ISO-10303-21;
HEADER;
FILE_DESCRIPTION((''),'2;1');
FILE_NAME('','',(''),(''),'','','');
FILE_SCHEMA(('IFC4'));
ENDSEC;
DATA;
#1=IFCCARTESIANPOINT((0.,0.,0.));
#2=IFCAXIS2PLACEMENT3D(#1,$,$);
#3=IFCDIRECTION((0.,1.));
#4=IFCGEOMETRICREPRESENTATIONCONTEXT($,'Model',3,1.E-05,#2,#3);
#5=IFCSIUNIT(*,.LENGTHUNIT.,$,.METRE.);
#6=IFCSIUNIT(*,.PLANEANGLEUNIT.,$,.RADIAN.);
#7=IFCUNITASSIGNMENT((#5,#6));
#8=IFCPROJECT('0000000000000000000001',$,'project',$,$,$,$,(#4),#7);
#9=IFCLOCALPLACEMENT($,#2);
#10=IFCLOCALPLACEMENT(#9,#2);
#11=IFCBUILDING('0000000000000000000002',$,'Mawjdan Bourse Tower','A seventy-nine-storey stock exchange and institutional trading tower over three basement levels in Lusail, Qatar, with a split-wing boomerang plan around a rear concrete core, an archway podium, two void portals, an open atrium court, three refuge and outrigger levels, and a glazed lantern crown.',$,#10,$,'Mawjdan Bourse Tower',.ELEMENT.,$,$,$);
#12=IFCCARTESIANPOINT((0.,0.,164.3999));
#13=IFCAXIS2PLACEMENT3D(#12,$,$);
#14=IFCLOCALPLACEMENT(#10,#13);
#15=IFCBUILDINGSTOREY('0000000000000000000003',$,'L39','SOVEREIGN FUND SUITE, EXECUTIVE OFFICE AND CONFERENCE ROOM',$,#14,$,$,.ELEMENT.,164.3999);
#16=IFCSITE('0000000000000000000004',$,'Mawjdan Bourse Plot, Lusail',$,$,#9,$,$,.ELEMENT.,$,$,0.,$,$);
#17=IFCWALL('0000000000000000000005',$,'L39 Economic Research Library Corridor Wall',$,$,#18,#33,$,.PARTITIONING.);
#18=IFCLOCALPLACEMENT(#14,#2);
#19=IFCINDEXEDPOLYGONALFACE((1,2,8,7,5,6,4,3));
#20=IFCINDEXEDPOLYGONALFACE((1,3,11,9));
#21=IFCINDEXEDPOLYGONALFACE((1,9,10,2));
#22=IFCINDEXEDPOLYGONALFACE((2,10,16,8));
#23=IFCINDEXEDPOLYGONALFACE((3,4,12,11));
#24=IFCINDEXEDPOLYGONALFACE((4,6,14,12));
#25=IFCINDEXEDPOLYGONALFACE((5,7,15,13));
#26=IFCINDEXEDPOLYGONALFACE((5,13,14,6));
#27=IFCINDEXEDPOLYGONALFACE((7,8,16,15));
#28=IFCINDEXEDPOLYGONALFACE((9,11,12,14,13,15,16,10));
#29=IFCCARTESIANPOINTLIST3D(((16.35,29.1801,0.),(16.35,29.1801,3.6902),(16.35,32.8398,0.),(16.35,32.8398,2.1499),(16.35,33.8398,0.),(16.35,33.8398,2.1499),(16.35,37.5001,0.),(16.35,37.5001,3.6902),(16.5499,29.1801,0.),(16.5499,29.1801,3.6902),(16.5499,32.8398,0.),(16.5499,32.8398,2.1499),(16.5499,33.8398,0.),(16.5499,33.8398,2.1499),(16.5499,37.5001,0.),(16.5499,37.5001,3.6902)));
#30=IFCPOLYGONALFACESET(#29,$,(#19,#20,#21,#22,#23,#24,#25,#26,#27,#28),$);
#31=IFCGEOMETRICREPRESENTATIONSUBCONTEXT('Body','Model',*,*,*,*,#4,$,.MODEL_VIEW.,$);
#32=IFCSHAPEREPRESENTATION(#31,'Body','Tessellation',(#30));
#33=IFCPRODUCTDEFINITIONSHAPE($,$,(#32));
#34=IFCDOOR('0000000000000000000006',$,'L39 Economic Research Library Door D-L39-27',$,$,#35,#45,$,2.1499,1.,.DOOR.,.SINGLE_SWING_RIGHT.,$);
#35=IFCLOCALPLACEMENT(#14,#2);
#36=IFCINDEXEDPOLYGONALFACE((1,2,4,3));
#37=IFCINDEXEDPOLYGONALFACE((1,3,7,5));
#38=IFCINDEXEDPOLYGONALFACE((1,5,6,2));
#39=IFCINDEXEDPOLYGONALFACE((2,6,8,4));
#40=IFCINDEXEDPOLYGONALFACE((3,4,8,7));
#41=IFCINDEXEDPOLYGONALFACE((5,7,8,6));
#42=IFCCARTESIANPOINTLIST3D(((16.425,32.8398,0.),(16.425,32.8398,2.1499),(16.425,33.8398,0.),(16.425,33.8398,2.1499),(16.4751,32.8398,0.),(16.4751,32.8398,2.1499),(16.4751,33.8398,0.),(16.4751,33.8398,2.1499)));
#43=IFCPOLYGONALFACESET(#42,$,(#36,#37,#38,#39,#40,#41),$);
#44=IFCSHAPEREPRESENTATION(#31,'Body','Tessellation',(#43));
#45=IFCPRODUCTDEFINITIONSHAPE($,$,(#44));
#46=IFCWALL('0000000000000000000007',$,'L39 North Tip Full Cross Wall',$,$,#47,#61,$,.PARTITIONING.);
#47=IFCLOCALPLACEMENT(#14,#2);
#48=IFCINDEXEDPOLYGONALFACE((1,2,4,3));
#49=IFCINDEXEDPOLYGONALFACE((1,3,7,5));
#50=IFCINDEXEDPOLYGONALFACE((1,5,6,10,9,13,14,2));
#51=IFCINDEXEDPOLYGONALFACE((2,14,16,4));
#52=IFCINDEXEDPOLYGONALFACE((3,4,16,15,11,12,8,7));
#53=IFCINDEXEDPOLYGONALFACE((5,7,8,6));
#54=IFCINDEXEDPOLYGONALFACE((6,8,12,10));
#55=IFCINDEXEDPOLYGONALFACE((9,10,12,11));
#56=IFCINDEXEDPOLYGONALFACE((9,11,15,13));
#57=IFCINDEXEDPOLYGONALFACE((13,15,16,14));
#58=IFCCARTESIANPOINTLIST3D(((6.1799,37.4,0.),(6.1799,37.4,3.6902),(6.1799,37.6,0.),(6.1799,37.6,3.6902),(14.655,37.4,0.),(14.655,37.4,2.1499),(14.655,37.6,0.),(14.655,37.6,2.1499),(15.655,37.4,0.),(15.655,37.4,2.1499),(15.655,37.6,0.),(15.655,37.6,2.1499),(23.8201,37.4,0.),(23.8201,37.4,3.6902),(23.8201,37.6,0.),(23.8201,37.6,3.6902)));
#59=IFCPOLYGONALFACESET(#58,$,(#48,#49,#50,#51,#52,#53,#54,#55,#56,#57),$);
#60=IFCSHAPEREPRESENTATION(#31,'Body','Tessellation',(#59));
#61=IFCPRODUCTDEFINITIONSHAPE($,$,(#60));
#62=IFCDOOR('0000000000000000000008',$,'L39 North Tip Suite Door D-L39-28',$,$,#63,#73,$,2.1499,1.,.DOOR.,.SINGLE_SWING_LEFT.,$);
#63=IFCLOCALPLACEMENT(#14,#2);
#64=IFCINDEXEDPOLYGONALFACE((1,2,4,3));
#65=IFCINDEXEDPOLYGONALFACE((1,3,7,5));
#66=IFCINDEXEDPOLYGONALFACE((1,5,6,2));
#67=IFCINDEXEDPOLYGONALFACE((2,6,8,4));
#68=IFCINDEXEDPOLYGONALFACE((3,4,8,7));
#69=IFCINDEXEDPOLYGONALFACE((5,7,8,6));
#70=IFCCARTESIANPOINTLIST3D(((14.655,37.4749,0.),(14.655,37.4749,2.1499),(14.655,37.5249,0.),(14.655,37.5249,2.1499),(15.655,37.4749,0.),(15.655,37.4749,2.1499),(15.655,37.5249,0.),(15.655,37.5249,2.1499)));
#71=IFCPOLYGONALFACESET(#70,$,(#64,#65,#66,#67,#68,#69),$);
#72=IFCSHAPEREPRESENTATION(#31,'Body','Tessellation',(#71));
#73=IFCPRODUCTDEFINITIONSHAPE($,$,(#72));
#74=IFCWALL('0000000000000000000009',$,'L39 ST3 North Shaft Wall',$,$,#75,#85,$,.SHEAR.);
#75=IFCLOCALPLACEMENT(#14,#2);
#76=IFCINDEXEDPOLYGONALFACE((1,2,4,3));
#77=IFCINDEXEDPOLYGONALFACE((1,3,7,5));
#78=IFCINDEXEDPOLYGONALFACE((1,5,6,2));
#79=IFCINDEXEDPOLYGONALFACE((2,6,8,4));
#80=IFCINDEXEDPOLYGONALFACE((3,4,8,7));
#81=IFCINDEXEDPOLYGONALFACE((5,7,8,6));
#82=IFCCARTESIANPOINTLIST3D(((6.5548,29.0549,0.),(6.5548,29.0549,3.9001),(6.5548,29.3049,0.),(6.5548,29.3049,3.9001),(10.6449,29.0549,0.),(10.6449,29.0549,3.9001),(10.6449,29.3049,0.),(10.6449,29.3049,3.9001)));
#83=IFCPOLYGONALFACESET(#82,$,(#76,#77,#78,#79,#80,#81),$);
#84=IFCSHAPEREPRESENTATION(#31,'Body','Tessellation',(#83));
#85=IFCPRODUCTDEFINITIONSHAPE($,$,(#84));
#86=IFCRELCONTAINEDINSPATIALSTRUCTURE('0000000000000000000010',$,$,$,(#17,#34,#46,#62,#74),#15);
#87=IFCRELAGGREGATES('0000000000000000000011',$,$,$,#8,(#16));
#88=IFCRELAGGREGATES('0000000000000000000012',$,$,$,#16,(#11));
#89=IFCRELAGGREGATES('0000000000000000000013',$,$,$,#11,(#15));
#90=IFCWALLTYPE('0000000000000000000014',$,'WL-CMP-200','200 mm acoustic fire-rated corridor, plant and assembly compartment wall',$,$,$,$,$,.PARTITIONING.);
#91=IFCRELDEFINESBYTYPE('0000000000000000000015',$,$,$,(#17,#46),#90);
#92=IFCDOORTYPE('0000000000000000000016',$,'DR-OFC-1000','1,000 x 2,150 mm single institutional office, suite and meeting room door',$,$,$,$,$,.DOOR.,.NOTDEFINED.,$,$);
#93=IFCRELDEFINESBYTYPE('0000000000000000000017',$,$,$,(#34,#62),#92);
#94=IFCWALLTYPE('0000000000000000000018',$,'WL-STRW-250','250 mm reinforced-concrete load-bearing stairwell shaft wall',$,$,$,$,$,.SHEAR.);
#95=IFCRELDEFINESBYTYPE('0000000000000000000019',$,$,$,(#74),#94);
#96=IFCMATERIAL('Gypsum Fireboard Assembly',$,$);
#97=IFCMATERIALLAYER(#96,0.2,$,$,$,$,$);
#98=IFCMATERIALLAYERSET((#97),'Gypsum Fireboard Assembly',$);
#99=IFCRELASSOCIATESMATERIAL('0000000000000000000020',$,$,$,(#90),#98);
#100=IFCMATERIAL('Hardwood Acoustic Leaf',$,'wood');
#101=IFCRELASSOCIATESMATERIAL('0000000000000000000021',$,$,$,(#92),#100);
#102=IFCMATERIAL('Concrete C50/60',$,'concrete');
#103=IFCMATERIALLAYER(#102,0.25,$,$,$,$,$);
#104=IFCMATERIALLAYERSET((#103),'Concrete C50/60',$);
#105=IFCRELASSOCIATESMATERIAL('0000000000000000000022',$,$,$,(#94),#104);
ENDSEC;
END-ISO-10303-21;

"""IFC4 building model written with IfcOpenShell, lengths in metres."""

from ifc_helpers import new_model, si_unit, direction, frame, frame_2d, origin, place, context, subcontext, project, spatial, rectangle, extrude, material, layer, layer_set, type_object, element, fill, save


model = new_model("IFC4")

# Units and contexts
model_context = context("Model", 3, precision=1e-05, world=origin(), true_north=direction((0.0, 1.0)))
body_context = subcontext(model_context, "Body", "Model", "MODEL_VIEW")
ifc_project = project(units=[si_unit("LENGTHUNIT", "METRE"), si_unit("PLANEANGLEUNIT", "RADIAN")], contexts=[model_context])

# Site, building, storey
site_placement = place(None, origin())
site = spatial("IfcSite", under=ifc_project, at=site_placement, Name="Mawjdan Bourse Plot, Lusail", CompositionType="ELEMENT", RefElevation=0.0)
building_placement = place(site_placement, origin())
building = spatial("IfcBuilding", under=site, at=building_placement, Name="Mawjdan Bourse Tower", Description="A seventy-nine-storey stock exchange and institutional trading tower over three basement levels in Lusail, Qatar, with a split-wing boomerang plan around a rear concrete core, an archway podium, two void portals, an open atrium court, three refuge and outrigger levels, and a glazed lantern crown.", LongName="Mawjdan Bourse Tower", CompositionType="ELEMENT")
storey_placement = place(building_placement, frame((0.0, 0.0, 164.3999)))
storey = spatial("IfcBuildingStorey", under=building, at=storey_placement, Name="L39", Description="SOVEREIGN FUND SUITE, EXECUTIVE OFFICE AND CONFERENCE ROOM", CompositionType="ELEMENT", Elevation=164.3999)

# Shared definitions
ifc_material_1 = material(Name="Gypsum Fireboard Assembly")
ifc_layer_1 = layer(ifc_material_1, 0.2)
ifc_layer_set_1 = layer_set([ifc_layer_1], Name="Gypsum Fireboard Assembly")
wall_type_1 = type_object("IfcWallType", Name="WL-CMP-200", Description="200 mm acoustic fire-rated corridor, plant and assembly compartment wall", PredefinedType="PARTITIONING", material=ifc_layer_set_1)

# Walls, openings, doors
ifc_material_2 = material(Name="Hardwood Acoustic Leaf", Category="wood")
door_type = type_object("IfcDoorType", Name="DR-OFC-1000", Description="1,000 x 2,150 mm single institutional office, suite and meeting room door", OperationType="NOTDEFINED", PredefinedType="DOOR", material=ifc_material_2)
wall_1_placement = place(storey_placement, frame((16.45, 29.1799, 0.0), z_axis=(0.0, 0.0, 1.0), x_axis=(0.0, 1.0, 0.0)))
wall_1 = element("IfcWall", 1, at=wall_1_placement, inside=storey, type_object=wall_type_1, Name="L39 Economic Research Library Corridor Wall", PredefinedType="PARTITIONING", context=body_context, shape_type="SweptSolid", body=[
    extrude(rectangle(XDim=8.3201, YDim=0.2, at=frame_2d((4.1602, 0.0))), origin(), (0.0, 0.0, 1.0), 3.6902),
])
opening_1_placement = place(wall_1_placement, frame((3.6599, 0.0, 0.0)))
opening_1 = element("IfcOpeningElement", 2, at=opening_1_placement, cuts=wall_1, PredefinedType="OPENING", context=body_context, shape_type="SweptSolid", body=[
    extrude(rectangle(XDim=1.0, YDim=2.1499, at=frame_2d((0.5, 1.075))), frame((0.0, 0.1099, 0.0), z_axis=(0.0, -1.0, 0.0), x_axis=(1.0, 0.0, 0.0)), (0.0, 0.0, 1.0), 0.22),
])
door_1_placement = place(opening_1_placement, origin())
door_1 = element("IfcDoor", 3, at=door_1_placement, inside=storey, type_object=door_type, Name="L39 Economic Research Library Door D-L39-27", OperationType="SINGLE_SWING_RIGHT", OverallHeight=2.1499, OverallWidth=1.0, PredefinedType="DOOR", context=body_context, shape_type="SweptSolid", body=[
    extrude(rectangle(XDim=1.0, YDim=2.1499, at=frame_2d((0.5, 1.075))), frame((0.0, 0.0249, 0.0), z_axis=(0.0, -1.0, 0.0), x_axis=(1.0, 0.0, 0.0)), (0.0, 0.0, 1.0), 0.05),
])
fill(opening_1, door_1)
wall_2_placement = place(storey_placement, frame((6.1799, 37.5, 0.0), z_axis=(0.0, 0.0, 1.0), x_axis=(1.0, 0.0, 0.0)))
wall_2 = element("IfcWall", 4, at=wall_2_placement, inside=storey, type_object=wall_type_1, Name="L39 North Tip Full Cross Wall", PredefinedType="PARTITIONING", context=body_context, shape_type="SweptSolid", body=[
    extrude(rectangle(XDim=17.6401, YDim=0.2, at=frame_2d((8.8201, 0.0))), origin(), (0.0, 0.0, 1.0), 3.6902),
])
opening_2_placement = place(wall_2_placement, frame((8.4751, 0.0, 0.0)))
opening_2 = element("IfcOpeningElement", 5, at=opening_2_placement, cuts=wall_2, PredefinedType="OPENING", context=body_context, shape_type="SweptSolid", body=[
    extrude(rectangle(XDim=1.0, YDim=2.1499, at=frame_2d((0.5, 1.075))), frame((0.0, 0.1099, 0.0), z_axis=(0.0, -1.0, 0.0), x_axis=(1.0, 0.0, 0.0)), (0.0, 0.0, 1.0), 0.22),
])
door_2_placement = place(opening_2_placement, origin())
door_2 = element("IfcDoor", 6, at=door_2_placement, inside=storey, type_object=door_type, Name="L39 North Tip Suite Door D-L39-28", OperationType="SINGLE_SWING_LEFT", OverallHeight=2.1499, OverallWidth=1.0, PredefinedType="DOOR", context=body_context, shape_type="SweptSolid", body=[
    extrude(rectangle(XDim=1.0, YDim=2.1499, at=frame_2d((0.5, 1.075))), frame((0.0, 0.0249, 0.0), z_axis=(0.0, -1.0, 0.0), x_axis=(1.0, 0.0, 0.0)), (0.0, 0.0, 1.0), 0.05),
])
fill(opening_2, door_2)

# Wall
ifc_material_3 = material(Name="Concrete C50/60", Category="concrete")
ifc_layer_2 = layer(ifc_material_3, 0.25)
ifc_layer_set_2 = layer_set([ifc_layer_2], Name="Concrete C50/60")
wall_type_2 = type_object("IfcWallType", Name="WL-STRW-250", Description="250 mm reinforced-concrete load-bearing stairwell shaft wall", PredefinedType="SHEAR", material=ifc_layer_set_2)
wall_3_placement = place(storey_placement, frame((6.5549, 29.1799, 0.0), z_axis=(0.0, 0.0, 1.0), x_axis=(1.0, 0.0, 0.0)))
element("IfcWall", 7, at=wall_3_placement, inside=storey, type_object=wall_type_2, Name="L39 ST3 North Shaft Wall", PredefinedType="SHEAR", context=body_context, shape_type="SweptSolid", body=[
    extrude(rectangle(XDim=4.0901, YDim=0.25, at=frame_2d((2.0449, 0.0))), origin(), (0.0, 0.0, 1.0), 3.9001),
])

save(model, "model.ifc")
